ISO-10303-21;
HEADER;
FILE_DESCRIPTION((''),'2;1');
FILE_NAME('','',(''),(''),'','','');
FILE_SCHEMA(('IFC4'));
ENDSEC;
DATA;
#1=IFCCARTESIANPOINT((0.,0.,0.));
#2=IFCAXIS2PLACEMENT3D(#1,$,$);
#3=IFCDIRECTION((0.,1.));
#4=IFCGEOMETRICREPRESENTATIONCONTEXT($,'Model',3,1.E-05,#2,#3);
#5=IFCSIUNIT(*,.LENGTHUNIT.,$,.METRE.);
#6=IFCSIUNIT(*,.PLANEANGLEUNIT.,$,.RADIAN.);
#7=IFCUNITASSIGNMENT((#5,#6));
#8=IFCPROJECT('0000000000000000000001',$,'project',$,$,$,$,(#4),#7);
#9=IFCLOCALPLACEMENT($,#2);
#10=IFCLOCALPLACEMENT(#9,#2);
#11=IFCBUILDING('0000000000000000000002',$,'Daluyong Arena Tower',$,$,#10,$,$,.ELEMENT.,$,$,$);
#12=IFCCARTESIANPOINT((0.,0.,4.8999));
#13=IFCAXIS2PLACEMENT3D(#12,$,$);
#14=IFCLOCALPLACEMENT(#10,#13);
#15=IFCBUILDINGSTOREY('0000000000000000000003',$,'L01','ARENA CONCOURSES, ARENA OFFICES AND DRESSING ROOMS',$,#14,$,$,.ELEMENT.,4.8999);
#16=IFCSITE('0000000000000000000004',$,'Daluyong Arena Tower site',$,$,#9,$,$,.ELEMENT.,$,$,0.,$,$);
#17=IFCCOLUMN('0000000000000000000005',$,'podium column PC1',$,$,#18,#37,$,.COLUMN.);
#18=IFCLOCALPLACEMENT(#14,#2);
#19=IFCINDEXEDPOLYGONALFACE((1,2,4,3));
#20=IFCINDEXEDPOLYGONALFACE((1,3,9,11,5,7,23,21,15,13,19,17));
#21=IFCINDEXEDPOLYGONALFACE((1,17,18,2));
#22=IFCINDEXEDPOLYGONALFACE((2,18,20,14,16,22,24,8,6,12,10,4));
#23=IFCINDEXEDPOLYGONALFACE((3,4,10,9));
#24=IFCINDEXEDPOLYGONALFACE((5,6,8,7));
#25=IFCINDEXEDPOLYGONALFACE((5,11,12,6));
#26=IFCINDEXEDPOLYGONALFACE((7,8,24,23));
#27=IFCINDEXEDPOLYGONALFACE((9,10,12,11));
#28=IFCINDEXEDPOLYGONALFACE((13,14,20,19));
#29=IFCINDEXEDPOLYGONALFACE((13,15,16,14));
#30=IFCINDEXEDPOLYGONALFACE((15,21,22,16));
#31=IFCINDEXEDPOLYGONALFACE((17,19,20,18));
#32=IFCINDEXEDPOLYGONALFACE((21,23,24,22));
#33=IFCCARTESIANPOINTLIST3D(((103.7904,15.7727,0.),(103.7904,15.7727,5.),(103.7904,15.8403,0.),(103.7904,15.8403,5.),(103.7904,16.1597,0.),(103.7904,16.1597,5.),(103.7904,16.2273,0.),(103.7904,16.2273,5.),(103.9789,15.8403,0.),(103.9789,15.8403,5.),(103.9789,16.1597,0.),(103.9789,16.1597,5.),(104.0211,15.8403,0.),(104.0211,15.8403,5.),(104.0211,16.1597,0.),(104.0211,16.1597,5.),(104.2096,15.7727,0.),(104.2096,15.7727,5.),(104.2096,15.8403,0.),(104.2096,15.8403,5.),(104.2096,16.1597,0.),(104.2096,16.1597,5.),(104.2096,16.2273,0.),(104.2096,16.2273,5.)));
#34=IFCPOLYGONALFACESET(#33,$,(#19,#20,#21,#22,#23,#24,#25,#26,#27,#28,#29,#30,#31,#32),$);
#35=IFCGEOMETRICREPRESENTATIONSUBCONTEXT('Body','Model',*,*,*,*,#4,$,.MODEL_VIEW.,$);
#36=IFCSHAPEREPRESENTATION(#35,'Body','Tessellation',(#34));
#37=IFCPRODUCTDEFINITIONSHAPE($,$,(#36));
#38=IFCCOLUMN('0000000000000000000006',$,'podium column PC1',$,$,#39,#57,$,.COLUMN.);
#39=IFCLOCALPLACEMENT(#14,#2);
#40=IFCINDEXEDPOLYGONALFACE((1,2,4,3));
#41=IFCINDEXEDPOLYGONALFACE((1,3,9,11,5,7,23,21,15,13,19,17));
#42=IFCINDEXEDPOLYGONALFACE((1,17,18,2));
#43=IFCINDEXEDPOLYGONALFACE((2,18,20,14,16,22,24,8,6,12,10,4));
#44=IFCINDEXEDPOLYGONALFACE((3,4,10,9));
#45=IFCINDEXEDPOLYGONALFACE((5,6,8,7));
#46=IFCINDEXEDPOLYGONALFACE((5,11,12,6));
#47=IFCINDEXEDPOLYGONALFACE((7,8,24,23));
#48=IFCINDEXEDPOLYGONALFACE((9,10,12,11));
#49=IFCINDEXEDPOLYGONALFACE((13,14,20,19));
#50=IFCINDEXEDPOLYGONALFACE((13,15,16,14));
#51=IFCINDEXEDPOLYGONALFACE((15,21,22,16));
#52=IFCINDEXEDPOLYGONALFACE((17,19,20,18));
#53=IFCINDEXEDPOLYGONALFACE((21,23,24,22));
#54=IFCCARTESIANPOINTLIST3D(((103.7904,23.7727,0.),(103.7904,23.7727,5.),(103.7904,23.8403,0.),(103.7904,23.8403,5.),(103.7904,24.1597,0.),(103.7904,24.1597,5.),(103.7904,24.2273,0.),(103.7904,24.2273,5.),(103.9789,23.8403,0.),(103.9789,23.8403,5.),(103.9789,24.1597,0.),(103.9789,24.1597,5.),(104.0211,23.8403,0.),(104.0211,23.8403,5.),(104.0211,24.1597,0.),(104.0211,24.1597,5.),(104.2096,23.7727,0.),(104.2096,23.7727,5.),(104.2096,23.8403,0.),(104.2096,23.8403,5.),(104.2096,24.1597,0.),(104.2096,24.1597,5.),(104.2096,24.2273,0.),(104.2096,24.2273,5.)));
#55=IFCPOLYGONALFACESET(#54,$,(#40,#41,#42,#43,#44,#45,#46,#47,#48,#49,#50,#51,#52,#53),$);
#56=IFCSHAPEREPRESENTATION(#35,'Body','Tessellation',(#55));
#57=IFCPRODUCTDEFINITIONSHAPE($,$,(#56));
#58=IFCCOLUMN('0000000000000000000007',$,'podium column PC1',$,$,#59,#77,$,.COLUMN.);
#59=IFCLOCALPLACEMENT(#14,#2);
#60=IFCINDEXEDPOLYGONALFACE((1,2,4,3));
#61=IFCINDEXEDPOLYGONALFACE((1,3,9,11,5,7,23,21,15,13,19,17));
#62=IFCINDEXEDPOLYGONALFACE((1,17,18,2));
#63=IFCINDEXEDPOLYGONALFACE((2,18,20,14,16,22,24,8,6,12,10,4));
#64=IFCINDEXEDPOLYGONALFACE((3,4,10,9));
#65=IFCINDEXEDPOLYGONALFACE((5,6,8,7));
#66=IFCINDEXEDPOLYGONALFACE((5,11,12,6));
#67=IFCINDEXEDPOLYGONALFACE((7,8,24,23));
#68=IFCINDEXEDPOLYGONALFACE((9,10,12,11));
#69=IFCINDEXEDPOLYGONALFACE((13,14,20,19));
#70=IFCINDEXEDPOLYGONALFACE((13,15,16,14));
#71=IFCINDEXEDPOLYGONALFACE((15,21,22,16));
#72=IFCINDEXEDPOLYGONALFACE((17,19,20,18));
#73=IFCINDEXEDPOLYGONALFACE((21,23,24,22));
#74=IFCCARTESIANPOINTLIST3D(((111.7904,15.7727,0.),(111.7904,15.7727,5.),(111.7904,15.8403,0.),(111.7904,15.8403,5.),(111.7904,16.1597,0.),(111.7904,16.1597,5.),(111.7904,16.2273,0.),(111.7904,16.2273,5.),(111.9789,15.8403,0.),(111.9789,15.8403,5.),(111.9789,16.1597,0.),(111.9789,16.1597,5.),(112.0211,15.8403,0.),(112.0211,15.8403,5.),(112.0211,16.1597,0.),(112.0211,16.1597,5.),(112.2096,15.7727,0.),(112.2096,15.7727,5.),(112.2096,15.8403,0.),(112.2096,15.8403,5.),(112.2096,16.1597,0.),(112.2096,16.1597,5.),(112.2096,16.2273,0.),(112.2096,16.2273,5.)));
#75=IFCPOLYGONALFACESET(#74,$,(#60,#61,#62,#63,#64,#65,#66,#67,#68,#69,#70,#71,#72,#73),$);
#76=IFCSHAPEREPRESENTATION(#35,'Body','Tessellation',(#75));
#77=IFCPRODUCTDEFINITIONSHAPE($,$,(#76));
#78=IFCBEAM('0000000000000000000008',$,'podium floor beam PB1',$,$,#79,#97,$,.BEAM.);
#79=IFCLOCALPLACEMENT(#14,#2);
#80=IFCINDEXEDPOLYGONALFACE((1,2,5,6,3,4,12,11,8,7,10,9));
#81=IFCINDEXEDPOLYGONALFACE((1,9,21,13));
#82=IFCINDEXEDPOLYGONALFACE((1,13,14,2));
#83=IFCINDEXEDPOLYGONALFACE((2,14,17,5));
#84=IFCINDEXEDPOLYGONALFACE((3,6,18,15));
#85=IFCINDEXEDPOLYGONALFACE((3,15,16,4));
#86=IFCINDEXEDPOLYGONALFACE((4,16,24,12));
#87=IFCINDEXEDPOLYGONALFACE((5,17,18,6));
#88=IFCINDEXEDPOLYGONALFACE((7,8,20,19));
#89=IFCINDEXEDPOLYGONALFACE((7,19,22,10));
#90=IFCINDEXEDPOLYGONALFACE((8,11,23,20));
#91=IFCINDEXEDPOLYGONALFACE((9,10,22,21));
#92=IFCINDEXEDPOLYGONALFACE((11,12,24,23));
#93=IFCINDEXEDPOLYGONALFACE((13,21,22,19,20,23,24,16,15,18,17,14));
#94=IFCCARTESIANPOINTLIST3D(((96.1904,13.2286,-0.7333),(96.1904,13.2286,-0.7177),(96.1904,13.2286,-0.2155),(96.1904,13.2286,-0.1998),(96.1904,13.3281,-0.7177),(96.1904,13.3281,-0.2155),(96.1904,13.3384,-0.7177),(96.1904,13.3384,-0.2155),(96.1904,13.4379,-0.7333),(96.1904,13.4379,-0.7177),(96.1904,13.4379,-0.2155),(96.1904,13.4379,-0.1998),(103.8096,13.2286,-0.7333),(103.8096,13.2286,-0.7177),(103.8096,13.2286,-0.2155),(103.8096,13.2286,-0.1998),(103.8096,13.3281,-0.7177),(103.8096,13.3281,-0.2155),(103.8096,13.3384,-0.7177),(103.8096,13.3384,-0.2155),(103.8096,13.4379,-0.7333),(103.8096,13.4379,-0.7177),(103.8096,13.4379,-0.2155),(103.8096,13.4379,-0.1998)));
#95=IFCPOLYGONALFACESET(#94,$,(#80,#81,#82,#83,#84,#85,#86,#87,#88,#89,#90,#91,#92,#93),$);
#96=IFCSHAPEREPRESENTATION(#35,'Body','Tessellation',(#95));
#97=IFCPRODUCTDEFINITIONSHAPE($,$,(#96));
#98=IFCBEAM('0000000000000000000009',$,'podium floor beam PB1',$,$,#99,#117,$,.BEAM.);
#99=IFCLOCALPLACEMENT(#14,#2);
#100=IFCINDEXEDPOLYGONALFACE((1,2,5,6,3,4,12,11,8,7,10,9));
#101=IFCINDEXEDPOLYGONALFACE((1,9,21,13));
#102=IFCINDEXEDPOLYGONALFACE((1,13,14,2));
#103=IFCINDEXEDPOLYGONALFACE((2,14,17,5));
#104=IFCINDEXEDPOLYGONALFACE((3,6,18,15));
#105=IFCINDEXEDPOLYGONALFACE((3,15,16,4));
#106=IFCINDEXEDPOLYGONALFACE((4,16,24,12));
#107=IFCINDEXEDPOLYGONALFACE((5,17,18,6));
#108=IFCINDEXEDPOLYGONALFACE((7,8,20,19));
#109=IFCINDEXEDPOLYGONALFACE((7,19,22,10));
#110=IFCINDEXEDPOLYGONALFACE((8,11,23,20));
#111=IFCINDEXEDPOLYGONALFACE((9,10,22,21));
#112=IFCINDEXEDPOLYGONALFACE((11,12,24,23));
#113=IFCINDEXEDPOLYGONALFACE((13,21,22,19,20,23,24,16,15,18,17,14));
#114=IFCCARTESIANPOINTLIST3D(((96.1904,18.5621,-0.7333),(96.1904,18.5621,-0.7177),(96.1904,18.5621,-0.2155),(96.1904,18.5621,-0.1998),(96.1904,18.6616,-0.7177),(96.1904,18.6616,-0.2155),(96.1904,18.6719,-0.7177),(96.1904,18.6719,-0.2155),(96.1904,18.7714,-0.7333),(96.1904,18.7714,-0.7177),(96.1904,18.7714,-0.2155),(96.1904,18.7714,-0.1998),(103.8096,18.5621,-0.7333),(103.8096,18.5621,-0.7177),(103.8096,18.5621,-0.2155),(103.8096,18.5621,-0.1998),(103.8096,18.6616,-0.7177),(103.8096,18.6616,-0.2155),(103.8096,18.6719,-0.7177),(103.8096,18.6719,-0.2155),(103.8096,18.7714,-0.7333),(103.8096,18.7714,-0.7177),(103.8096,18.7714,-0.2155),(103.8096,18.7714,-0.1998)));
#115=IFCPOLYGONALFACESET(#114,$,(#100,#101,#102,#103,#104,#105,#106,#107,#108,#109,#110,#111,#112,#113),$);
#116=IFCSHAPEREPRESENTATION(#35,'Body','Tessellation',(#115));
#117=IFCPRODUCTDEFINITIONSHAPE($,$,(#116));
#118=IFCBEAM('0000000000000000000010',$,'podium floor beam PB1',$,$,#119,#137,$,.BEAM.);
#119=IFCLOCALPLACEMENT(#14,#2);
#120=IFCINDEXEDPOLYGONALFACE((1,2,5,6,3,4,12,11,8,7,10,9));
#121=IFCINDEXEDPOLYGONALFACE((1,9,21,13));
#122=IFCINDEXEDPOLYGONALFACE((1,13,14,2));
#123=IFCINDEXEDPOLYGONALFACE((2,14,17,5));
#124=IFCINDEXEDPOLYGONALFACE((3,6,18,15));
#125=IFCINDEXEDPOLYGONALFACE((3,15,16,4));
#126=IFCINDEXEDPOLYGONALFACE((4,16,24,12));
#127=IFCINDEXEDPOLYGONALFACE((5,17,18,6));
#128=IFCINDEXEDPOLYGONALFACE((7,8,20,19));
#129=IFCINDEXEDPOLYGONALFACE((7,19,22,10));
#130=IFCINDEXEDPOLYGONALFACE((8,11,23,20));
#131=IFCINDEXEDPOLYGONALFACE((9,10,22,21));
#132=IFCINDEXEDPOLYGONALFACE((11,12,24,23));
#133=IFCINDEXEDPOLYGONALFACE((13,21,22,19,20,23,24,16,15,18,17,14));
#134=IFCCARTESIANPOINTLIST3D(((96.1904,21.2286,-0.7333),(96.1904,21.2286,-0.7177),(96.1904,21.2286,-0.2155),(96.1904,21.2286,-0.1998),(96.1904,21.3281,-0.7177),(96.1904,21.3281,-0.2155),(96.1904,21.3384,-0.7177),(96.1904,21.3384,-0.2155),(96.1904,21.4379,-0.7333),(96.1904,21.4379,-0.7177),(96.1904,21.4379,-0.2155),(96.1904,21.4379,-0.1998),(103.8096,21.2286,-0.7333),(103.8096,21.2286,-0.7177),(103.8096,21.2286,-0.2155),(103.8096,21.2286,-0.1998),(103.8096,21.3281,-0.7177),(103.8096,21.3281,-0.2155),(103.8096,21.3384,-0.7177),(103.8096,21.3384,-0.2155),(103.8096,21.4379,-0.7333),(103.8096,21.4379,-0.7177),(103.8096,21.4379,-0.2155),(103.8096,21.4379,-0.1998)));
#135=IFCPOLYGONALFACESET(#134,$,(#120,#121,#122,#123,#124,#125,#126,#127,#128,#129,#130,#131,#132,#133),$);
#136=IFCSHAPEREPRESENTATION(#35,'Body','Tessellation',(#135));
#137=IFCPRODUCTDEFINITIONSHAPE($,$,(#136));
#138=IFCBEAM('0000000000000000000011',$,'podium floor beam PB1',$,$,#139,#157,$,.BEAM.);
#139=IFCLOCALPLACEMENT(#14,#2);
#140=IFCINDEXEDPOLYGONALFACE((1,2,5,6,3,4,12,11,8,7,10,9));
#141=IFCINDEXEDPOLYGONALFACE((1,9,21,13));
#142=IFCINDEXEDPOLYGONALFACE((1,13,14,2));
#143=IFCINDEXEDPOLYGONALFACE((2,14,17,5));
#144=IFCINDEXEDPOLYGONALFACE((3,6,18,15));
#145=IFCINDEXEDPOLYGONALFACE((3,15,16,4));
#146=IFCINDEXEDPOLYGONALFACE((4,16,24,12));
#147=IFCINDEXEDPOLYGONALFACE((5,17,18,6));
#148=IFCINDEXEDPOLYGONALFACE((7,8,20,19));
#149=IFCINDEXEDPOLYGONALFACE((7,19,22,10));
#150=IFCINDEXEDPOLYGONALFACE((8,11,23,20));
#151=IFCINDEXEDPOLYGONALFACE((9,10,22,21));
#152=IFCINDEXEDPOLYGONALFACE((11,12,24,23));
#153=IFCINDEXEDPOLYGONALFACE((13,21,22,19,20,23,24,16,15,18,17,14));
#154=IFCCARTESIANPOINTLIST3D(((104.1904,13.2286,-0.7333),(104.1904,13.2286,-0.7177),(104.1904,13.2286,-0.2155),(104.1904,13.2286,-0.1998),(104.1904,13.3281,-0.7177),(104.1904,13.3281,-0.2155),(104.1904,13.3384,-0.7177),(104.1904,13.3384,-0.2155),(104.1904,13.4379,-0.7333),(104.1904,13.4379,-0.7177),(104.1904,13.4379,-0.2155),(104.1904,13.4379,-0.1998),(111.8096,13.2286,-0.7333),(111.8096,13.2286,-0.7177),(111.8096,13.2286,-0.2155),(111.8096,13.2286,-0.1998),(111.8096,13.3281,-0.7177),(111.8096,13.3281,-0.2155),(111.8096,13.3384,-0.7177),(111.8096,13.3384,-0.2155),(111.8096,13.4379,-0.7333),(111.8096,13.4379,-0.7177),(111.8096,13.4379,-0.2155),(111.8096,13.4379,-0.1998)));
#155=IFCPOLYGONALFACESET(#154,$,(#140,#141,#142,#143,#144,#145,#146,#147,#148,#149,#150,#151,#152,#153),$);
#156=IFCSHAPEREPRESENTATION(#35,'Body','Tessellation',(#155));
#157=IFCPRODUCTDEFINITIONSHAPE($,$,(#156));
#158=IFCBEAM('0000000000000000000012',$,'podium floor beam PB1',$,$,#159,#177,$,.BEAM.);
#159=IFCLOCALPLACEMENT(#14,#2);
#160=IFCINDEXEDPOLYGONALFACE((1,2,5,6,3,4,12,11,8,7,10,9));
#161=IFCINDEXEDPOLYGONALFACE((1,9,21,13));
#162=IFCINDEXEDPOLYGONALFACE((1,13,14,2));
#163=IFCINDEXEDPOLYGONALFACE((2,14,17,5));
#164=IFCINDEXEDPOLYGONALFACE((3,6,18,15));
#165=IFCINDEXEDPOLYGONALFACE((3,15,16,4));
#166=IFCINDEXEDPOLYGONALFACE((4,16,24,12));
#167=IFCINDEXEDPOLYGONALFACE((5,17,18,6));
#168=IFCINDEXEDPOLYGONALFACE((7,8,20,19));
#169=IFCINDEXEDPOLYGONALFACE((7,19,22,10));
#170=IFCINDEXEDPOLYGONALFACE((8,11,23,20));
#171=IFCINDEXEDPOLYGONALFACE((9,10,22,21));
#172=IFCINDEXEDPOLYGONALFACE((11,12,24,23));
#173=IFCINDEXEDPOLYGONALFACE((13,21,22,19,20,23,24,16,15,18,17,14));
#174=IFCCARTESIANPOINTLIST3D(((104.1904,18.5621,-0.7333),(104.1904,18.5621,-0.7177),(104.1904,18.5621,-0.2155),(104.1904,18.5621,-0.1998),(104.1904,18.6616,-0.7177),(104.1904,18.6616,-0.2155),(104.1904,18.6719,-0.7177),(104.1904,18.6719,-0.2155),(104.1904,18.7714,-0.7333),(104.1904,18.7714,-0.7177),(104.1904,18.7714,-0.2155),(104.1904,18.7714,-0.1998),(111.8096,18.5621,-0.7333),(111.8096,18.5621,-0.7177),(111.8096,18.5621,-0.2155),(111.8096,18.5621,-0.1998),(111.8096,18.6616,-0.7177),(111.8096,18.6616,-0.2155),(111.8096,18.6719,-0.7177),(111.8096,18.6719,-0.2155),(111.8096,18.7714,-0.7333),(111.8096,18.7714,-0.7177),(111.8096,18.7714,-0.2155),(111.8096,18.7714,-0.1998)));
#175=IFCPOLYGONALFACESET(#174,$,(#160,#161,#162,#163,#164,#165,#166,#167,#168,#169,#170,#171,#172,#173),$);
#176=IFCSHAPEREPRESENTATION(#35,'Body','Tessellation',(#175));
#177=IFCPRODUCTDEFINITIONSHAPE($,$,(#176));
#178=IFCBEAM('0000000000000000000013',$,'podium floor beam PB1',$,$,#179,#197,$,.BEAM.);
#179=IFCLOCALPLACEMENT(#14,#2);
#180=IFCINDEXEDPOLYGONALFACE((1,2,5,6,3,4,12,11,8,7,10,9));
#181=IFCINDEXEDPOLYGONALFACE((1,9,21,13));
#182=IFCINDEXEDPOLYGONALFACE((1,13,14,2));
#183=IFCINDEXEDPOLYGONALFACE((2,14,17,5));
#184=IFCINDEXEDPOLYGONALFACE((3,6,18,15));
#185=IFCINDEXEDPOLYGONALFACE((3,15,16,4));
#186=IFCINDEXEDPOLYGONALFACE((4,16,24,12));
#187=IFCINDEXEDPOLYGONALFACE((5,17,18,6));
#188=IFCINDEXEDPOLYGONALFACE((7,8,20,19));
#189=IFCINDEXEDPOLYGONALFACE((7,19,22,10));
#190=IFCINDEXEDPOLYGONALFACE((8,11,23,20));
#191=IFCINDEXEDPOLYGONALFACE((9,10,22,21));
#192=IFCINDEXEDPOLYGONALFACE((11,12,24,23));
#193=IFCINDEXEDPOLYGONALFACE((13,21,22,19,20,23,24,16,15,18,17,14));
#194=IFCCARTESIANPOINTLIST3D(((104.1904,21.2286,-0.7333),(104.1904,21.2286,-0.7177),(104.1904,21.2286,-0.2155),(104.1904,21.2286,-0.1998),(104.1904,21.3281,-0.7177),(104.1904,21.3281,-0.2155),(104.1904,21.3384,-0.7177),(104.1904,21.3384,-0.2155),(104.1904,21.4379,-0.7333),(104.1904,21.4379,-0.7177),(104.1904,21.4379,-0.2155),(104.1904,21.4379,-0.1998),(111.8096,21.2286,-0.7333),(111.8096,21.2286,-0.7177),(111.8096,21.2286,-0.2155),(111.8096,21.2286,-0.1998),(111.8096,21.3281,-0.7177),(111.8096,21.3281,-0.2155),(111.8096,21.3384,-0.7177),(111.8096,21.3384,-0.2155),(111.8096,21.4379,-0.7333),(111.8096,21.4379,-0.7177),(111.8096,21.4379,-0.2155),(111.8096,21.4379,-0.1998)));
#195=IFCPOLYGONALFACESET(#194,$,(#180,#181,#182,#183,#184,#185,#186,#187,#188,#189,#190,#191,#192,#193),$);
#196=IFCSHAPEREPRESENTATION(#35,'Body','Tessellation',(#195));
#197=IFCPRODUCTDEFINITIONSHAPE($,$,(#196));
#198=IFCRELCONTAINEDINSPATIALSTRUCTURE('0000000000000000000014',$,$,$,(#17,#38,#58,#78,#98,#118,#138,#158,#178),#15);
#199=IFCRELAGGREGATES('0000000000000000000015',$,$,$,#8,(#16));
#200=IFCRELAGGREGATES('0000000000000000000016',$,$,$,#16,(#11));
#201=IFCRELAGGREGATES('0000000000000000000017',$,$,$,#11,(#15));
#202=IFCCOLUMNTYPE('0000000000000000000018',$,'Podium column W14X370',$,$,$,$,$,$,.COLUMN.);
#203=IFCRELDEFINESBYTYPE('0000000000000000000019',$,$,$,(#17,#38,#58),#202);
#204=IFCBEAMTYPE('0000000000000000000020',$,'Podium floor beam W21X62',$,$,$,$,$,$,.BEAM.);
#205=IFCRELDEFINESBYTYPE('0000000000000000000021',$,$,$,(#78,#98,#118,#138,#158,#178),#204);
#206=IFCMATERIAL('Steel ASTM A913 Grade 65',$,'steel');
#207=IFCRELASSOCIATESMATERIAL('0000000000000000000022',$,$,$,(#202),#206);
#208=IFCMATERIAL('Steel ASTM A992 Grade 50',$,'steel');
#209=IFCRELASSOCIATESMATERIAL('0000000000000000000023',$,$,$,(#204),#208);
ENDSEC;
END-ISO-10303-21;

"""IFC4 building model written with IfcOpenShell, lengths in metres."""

from ifc_helpers import new_model, si_unit, direction, frame, origin, origin_2d, place, context, subcontext, project, spatial, i_section, extrude, material, material_profile, profile_set, type_object, element, save


model = new_model("IFC4")

# Units and contexts
model_context = context("Model", 3, precision=1e-05, world=origin(), true_north=direction((0.0, 1.0)))
body_context = subcontext(model_context, "Body", "Model", "MODEL_VIEW")
ifc_project = project(units=[si_unit("LENGTHUNIT", "METRE"), si_unit("PLANEANGLEUNIT", "RADIAN")], contexts=[model_context])

# Site, building, storey
site_placement = place(None, origin())
site = spatial("IfcSite", under=ifc_project, at=site_placement, Name="Daluyong Arena Tower site", CompositionType="ELEMENT", RefElevation=0.0)
building_placement = place(site_placement, origin())
building = spatial("IfcBuilding", under=site, at=building_placement, Name="Daluyong Arena Tower", CompositionType="ELEMENT")
storey_placement = place(building_placement, frame((0.0, 0.0, 4.8999)))
storey = spatial("IfcBuildingStorey", under=building, at=storey_placement, Name="L01", Description="ARENA CONCOURSES, ARENA OFFICES AND DRESSING ROOMS", CompositionType="ELEMENT", Elevation=4.8999)

# Columns
ifc_material_1 = material(Name="Steel ASTM A913 Grade 65", Category="steel")
ifc_material_profile_1 = material_profile(ifc_material_1, i_section(OverallWidth=0.4192, OverallDepth=0.4546, WebThickness=0.0422, FlangeThickness=0.0676, at=origin_2d()))
ifc_profile_set_1 = profile_set([ifc_material_profile_1], Name="Steel ASTM A913 Grade 65")
column_type = type_object("IfcColumnType", Name="Podium column W14X370", PredefinedType="COLUMN", material=ifc_profile_set_1)
for number, where, z_axis, x_axis, name in (
    (1, (104.0, 16.0, 0.0), (0.0, 0.0, 1.0), (1.0, 0.0, 0.0), "podium column PC1"),
    (2, (104.0, 24.0, 0.0), (0.0, 0.0, 1.0), (1.0, 0.0, 0.0), "podium column PC1"),
    (3, (112.0, 16.0, 0.0), (0.0, 0.0, 1.0), (1.0, 0.0, 0.0), "podium column PC1"),
):
    element("IfcColumn", number, at=place(storey_placement, frame(where, z_axis=z_axis, x_axis=x_axis)), inside=storey, type_object=column_type, Name=name, PredefinedType="COLUMN", context=body_context, shape_type="SweptSolid", body=[
        extrude(i_section(OverallWidth=0.4192, OverallDepth=0.4546, WebThickness=0.0422, FlangeThickness=0.0676, at=origin_2d()), origin(), (0.0, 0.0, 1.0), 5.0),
    ])

# Beams
ifc_material_2 = material(Name="Steel ASTM A992 Grade 50", Category="steel")
ifc_material_profile_2 = material_profile(ifc_material_2, i_section(OverallWidth=0.2092, OverallDepth=0.5334, WebThickness=0.0103, FlangeThickness=0.0156, at=origin_2d()))
ifc_profile_set_2 = profile_set([ifc_material_profile_2], Name="Steel ASTM A992 Grade 50")
beam_type_1 = type_object("IfcBeamType", Name="Podium floor beam W21X62", PredefinedType="BEAM", material=ifc_profile_set_2)
for number, where, z_axis, x_axis, name in (
    (4, (96.1904, 13.3333, -0.4666), (1.0, 0.0, 0.0), (0.0, 1.0, 0.0), "podium floor beam PB1"),
    (5, (96.1904, 18.6667, -0.4666), (1.0, 0.0, 0.0), (0.0, 1.0, 0.0), "podium floor beam PB1"),
    (6, (96.1904, 21.3333, -0.4666), (1.0, 0.0, 0.0), (0.0, 1.0, 0.0), "podium floor beam PB1"),
    (7, (104.1904, 13.3333, -0.4666), (1.0, 0.0, 0.0), (0.0, 1.0, 0.0), "podium floor beam PB1"),
    (8, (104.1904, 18.6667, -0.4666), (1.0, 0.0, 0.0), (0.0, 1.0, 0.0), "podium floor beam PB1"),
    (9, (104.1904, 21.3333, -0.4666), (1.0, 0.0, 0.0), (0.0, 1.0, 0.0), "podium floor beam PB1"),
):
    element("IfcBeam", number, at=place(storey_placement, frame(where, z_axis=z_axis, x_axis=x_axis)), inside=storey, type_object=beam_type_1, Name=name, PredefinedType="BEAM", context=body_context, shape_type="SweptSolid", body=[
        extrude(i_section(OverallWidth=0.2092, OverallDepth=0.5334, WebThickness=0.0103, FlangeThickness=0.0156, at=origin_2d()), origin(), (0.0, 0.0, 1.0), 7.6191),
    ])

save(model, "model.ifc")
